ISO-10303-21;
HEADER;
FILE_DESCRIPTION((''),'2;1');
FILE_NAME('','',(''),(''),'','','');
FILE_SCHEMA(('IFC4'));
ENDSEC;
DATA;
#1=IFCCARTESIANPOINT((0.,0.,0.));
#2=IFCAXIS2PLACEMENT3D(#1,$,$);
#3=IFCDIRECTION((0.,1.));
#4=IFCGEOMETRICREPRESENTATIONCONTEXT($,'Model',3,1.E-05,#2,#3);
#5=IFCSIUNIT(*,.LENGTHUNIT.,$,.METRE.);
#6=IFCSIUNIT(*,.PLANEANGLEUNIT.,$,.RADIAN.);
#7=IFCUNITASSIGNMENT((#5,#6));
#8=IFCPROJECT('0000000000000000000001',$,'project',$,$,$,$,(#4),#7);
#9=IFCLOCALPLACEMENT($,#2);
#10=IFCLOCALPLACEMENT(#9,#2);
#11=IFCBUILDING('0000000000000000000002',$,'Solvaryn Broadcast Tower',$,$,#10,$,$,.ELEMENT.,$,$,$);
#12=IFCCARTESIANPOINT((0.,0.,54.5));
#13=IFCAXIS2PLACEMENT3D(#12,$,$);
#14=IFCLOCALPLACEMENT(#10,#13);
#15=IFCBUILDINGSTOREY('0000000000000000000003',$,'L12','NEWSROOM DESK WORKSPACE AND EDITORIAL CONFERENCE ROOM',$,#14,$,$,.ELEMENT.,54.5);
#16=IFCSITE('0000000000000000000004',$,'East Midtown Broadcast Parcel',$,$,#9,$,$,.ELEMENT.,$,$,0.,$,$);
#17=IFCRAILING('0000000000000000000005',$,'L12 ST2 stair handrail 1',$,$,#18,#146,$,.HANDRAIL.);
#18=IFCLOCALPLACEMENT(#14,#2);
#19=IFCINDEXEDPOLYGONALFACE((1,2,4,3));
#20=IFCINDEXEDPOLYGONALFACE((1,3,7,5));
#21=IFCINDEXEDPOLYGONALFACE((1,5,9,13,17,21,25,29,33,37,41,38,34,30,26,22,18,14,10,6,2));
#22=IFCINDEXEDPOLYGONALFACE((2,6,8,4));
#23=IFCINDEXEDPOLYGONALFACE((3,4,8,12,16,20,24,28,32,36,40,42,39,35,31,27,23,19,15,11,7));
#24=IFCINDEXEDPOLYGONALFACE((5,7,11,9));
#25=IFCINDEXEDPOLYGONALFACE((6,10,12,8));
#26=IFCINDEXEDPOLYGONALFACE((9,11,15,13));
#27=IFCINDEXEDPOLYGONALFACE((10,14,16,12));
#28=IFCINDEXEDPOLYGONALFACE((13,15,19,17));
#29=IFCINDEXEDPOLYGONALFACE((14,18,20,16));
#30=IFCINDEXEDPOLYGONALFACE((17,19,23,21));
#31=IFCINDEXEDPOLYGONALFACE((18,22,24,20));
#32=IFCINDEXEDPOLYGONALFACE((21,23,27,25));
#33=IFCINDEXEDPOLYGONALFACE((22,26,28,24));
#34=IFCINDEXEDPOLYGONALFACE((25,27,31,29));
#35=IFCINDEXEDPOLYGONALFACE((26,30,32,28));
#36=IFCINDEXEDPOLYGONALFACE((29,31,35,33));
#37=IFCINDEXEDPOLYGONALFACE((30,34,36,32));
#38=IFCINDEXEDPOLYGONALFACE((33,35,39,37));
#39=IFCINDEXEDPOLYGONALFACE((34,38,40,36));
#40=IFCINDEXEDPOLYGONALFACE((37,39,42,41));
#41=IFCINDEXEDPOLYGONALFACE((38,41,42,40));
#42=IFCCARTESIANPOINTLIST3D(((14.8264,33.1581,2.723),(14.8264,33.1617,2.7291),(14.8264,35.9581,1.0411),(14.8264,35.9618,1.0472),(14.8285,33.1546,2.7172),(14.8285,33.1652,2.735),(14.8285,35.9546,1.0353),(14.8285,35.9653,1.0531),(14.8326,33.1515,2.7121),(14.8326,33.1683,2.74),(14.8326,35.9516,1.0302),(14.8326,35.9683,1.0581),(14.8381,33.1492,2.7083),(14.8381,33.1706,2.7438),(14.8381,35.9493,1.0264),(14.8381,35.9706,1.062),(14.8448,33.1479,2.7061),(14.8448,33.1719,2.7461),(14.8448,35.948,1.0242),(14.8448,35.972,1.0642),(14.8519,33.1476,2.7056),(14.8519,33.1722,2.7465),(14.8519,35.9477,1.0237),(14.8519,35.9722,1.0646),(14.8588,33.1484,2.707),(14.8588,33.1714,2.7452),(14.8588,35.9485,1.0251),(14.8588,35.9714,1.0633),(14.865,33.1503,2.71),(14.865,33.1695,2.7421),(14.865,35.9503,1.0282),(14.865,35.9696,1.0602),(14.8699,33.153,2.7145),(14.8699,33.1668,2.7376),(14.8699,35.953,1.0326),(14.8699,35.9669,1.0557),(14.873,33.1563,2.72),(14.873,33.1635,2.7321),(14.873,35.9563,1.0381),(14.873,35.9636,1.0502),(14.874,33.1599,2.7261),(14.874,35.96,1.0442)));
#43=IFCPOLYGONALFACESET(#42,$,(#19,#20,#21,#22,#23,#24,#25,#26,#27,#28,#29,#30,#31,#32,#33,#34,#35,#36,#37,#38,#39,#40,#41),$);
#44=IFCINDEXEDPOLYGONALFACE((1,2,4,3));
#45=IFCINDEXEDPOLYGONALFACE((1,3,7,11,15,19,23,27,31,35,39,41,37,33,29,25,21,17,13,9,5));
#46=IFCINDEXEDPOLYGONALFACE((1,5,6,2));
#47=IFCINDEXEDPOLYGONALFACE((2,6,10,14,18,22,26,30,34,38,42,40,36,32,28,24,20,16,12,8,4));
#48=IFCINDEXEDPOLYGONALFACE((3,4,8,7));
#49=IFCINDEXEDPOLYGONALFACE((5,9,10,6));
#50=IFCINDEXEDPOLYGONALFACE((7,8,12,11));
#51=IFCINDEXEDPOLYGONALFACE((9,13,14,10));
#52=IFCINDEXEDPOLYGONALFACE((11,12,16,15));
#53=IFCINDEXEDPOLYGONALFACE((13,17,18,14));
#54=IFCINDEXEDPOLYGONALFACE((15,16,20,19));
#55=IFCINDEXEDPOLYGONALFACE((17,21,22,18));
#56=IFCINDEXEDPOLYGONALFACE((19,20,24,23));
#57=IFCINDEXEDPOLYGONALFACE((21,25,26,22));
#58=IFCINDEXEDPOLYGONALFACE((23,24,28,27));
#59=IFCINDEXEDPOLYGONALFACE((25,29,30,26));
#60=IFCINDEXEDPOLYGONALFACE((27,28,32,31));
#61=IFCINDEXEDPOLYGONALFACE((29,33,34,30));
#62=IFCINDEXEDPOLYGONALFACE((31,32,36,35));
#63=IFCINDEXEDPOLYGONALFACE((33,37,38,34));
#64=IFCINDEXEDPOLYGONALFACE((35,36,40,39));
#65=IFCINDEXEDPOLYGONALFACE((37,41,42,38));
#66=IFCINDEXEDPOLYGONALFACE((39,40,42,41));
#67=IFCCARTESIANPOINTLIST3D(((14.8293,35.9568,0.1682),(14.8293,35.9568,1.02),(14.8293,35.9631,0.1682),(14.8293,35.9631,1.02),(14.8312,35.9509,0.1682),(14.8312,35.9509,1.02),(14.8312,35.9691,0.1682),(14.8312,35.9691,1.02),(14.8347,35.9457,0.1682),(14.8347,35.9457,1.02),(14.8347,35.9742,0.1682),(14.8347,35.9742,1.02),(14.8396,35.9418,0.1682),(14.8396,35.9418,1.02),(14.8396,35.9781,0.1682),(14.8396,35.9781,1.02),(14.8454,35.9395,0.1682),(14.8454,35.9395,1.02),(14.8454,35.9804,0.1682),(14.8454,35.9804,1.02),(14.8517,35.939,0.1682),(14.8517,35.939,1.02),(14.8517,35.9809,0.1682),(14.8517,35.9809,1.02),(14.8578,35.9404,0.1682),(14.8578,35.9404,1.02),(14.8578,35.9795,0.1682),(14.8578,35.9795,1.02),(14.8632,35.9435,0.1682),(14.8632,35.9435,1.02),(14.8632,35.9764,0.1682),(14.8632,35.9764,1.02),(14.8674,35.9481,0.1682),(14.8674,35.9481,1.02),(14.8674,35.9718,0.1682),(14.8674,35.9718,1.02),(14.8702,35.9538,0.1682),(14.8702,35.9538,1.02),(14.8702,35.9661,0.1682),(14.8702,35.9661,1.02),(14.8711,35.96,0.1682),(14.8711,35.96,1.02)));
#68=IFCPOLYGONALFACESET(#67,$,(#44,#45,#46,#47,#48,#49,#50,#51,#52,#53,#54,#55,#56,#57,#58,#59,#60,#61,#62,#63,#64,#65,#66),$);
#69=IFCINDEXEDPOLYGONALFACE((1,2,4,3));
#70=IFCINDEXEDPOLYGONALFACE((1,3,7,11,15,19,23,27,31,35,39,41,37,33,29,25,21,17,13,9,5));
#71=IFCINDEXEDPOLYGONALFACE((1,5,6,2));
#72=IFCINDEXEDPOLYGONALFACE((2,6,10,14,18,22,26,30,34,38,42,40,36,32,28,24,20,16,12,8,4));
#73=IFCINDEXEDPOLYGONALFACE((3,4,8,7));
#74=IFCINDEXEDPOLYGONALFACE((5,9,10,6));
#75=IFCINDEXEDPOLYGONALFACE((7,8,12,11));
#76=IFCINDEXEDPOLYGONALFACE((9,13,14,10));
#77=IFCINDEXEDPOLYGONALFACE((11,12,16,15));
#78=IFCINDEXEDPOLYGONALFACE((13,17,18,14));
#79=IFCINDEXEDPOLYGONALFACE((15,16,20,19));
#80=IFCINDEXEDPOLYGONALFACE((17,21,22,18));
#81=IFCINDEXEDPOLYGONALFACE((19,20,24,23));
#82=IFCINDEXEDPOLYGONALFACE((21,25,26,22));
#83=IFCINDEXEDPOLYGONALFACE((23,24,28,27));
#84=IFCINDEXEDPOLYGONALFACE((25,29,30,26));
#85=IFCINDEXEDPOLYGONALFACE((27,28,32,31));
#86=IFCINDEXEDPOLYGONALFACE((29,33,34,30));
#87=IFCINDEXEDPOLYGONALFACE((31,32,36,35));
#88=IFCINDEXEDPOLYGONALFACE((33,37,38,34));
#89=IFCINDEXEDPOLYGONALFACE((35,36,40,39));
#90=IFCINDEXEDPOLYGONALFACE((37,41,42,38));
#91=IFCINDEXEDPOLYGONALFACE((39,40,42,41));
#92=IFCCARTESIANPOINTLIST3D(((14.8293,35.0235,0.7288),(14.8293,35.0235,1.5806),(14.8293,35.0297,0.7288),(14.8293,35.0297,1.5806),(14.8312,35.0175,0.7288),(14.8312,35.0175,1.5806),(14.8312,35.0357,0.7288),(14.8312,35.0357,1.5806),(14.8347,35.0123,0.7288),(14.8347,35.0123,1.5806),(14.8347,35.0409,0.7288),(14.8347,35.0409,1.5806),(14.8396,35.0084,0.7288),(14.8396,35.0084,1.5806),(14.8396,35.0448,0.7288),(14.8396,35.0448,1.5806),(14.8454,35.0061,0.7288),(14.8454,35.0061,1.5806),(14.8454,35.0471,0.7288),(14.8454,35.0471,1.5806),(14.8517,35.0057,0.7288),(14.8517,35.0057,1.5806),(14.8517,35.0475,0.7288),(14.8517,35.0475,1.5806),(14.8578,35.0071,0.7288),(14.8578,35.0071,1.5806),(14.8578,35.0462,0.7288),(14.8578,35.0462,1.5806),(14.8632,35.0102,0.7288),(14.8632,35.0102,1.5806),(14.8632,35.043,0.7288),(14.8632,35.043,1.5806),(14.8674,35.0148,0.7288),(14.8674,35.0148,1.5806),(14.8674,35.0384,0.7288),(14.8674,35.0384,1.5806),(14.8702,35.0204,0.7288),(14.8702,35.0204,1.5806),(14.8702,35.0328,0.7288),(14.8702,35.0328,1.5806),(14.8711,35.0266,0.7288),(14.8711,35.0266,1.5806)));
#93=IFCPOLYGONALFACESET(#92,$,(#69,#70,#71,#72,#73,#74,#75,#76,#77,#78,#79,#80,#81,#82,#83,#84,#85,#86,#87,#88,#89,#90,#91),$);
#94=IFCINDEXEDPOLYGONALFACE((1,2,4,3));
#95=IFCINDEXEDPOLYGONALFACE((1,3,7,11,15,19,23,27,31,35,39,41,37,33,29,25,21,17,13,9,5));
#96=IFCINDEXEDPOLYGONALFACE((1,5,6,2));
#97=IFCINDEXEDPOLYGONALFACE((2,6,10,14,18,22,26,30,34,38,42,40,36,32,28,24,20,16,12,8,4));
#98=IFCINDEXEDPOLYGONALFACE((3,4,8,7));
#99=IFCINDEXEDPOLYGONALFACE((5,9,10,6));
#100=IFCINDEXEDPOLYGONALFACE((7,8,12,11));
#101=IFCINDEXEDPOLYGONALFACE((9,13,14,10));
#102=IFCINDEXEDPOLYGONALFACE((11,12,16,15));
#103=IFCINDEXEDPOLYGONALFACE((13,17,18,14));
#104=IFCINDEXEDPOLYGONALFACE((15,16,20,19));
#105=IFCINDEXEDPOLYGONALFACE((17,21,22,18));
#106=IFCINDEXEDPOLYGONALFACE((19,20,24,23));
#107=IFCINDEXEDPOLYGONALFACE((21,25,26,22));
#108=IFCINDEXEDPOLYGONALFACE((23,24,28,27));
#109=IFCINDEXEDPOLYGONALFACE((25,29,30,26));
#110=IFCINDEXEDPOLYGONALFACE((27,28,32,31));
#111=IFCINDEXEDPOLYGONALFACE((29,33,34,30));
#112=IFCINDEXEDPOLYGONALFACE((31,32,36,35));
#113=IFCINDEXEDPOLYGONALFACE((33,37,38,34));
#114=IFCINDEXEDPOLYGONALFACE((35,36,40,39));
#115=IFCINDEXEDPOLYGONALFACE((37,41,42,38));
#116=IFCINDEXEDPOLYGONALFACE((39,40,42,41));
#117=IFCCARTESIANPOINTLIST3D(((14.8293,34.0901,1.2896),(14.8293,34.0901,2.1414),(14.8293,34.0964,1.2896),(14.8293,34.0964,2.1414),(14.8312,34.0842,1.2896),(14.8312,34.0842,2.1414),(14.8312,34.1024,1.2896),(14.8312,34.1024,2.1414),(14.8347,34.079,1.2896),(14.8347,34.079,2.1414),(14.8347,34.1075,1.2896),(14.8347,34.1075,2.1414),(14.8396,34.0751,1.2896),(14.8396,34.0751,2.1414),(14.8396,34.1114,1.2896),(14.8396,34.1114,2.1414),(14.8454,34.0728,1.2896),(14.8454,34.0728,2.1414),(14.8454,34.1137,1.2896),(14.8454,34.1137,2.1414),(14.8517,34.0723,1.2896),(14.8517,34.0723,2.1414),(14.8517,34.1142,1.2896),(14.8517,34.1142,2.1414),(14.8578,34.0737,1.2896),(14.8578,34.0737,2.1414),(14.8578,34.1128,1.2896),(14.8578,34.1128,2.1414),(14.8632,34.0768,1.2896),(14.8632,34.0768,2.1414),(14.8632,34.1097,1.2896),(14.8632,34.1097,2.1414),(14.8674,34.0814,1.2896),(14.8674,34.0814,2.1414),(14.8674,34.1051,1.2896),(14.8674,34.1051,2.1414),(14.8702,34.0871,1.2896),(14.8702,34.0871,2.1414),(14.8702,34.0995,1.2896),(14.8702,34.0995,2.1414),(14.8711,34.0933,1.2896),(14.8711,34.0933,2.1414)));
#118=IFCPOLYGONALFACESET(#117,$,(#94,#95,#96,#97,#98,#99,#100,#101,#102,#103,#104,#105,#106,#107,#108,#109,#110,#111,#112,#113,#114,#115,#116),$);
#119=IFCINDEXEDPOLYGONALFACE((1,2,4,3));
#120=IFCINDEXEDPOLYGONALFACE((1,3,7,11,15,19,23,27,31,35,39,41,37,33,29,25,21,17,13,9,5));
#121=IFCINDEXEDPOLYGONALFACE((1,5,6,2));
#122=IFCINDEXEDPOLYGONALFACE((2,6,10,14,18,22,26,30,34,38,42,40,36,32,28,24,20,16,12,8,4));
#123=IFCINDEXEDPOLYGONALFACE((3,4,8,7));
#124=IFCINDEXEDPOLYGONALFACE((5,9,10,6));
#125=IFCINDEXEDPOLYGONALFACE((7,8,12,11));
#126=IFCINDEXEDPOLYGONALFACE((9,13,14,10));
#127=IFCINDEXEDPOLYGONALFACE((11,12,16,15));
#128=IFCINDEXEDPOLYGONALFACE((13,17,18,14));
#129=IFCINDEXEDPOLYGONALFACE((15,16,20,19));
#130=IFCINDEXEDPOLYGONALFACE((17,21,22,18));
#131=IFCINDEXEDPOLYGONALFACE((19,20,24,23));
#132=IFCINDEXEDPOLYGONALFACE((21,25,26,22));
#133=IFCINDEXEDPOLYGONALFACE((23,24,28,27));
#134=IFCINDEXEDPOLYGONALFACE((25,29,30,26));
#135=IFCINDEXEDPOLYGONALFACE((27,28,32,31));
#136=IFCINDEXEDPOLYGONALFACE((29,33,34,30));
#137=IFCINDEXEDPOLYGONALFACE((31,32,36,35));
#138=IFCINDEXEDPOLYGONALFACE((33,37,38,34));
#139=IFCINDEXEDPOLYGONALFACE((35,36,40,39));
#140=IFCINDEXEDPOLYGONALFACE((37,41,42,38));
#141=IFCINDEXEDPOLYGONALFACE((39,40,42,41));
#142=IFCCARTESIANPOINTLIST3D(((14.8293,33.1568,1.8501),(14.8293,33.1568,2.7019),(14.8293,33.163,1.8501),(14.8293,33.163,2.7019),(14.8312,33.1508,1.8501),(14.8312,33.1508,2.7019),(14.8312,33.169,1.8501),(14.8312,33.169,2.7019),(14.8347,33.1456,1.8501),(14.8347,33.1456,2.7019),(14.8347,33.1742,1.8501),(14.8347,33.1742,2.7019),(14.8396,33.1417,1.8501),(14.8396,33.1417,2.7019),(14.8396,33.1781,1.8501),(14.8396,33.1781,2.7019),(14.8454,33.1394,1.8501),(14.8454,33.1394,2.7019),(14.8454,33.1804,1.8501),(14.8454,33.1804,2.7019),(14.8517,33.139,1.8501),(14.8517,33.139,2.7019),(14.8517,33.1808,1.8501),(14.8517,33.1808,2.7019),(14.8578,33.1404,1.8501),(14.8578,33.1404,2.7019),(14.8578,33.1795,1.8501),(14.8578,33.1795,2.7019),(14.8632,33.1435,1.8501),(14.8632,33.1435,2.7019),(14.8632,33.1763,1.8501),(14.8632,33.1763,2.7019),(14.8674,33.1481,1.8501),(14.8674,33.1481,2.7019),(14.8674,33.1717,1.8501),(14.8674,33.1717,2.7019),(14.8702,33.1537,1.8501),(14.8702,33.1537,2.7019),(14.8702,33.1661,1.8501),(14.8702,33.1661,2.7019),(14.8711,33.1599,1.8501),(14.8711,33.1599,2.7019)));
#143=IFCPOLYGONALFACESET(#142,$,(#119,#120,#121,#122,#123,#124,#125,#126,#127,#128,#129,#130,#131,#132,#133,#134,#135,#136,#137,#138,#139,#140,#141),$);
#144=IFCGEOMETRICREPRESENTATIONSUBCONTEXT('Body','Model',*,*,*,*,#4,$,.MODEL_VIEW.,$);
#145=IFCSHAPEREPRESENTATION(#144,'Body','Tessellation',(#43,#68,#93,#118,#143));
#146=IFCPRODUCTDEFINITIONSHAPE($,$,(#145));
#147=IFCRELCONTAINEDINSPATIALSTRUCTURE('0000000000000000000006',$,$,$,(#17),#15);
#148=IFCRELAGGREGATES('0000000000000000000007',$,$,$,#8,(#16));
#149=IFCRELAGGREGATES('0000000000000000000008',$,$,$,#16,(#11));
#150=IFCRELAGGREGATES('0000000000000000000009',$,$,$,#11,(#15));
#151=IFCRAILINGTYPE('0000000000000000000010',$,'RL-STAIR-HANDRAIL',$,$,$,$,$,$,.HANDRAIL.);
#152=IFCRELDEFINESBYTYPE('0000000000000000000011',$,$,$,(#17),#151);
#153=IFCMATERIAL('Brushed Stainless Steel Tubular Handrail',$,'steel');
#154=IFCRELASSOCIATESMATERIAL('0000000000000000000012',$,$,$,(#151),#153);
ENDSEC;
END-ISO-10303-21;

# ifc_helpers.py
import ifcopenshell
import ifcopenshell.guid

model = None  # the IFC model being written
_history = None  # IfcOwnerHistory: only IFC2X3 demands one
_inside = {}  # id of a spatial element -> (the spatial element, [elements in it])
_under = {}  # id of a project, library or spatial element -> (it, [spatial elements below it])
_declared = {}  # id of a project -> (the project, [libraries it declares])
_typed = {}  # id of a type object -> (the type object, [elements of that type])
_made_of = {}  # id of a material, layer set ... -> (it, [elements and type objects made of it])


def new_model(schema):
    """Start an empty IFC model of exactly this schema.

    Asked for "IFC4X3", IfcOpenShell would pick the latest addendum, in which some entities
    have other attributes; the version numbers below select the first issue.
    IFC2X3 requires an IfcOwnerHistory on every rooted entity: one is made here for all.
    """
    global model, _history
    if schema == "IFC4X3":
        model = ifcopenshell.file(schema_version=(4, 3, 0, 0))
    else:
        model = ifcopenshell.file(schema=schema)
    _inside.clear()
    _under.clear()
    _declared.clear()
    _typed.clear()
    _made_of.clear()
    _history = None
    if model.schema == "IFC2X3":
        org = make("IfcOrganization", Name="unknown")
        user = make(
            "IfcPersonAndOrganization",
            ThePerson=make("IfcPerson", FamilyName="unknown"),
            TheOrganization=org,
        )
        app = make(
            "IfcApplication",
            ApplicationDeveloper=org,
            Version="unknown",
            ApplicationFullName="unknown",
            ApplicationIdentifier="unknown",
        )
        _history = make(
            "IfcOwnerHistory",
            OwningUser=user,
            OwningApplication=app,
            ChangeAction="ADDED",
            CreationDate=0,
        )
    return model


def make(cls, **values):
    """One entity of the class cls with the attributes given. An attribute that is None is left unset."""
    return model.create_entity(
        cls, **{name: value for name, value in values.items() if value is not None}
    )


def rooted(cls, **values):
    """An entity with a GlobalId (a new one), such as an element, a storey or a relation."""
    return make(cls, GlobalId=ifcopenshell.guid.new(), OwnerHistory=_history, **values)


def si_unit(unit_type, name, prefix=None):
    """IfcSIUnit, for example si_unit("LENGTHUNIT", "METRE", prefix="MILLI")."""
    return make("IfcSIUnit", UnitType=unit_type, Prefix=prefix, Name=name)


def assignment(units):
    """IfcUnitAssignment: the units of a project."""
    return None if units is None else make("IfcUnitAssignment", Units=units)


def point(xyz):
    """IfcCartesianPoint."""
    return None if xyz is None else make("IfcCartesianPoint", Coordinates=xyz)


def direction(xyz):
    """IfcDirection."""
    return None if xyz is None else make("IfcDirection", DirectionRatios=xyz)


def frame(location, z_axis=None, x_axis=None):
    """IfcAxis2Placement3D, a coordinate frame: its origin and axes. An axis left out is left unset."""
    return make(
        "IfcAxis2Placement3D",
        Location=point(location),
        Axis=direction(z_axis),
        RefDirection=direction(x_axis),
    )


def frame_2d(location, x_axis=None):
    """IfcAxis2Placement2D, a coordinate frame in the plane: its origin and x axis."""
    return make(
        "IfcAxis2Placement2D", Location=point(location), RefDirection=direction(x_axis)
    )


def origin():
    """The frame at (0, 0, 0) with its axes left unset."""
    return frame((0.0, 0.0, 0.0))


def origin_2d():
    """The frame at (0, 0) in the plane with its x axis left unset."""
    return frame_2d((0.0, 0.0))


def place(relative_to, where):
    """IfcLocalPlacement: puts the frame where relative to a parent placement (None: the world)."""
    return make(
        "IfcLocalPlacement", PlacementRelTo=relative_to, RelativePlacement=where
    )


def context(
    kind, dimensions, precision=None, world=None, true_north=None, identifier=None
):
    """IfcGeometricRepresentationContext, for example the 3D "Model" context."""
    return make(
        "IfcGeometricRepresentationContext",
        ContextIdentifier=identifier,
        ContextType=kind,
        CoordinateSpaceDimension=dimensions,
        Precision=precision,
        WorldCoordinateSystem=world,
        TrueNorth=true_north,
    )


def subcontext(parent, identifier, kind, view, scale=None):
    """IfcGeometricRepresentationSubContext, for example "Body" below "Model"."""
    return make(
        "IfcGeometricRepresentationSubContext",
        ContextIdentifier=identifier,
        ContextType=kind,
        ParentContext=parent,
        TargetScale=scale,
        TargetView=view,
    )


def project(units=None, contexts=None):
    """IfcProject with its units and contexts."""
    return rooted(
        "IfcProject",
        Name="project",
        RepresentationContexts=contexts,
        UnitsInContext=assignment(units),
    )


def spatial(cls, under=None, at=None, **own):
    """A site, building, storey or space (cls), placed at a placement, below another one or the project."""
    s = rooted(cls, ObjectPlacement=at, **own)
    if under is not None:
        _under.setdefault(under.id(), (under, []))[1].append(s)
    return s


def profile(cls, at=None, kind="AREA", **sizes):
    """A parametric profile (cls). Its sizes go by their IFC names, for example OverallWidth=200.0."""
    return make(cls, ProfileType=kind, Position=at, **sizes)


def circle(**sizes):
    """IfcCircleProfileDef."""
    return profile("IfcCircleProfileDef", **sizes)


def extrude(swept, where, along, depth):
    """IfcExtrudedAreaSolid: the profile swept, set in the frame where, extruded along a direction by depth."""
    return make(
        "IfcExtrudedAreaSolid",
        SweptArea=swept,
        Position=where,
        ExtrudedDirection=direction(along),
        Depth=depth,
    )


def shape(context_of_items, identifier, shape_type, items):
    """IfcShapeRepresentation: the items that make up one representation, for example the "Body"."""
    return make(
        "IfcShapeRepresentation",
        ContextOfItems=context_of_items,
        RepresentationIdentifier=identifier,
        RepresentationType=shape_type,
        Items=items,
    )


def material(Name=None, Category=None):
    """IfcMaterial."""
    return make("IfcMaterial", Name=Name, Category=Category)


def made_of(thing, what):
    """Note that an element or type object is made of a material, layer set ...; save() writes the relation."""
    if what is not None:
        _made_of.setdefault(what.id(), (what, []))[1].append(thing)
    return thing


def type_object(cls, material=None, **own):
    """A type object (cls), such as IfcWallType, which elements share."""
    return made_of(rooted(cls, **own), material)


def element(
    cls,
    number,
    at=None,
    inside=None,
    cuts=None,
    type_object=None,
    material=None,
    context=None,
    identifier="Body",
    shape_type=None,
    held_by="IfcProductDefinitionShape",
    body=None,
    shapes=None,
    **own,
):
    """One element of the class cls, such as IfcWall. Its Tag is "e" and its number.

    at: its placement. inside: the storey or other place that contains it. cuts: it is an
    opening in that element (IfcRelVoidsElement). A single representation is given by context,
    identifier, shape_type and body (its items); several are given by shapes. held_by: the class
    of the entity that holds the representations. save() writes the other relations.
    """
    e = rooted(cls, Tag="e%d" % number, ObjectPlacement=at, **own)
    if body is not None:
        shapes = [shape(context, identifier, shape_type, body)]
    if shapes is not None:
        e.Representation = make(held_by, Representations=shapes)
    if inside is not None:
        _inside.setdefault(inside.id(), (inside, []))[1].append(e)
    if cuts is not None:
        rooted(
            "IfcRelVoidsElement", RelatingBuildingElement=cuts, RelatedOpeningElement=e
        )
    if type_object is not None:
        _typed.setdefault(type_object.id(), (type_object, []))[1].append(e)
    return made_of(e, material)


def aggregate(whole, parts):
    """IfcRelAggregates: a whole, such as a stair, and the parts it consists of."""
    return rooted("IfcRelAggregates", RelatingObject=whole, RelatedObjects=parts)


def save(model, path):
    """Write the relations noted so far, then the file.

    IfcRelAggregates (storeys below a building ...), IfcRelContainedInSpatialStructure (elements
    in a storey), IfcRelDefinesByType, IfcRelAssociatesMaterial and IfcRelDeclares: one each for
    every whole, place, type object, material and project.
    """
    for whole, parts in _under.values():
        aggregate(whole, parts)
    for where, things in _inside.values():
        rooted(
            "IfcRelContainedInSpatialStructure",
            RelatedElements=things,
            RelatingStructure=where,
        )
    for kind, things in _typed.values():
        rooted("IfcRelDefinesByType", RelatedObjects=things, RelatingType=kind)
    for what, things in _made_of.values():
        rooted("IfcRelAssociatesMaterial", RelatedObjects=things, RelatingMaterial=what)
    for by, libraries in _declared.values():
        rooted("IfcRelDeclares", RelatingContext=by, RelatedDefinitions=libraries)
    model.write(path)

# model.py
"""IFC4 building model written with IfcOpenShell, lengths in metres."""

from ifc_helpers import new_model, si_unit, direction, frame, origin, origin_2d, place, context, subcontext, project, spatial, circle, extrude, material, type_object, element, save


model = new_model("IFC4")

# Units and contexts
model_context = context("Model", 3, precision=1e-05, world=origin(), true_north=direction((0.0, 1.0)))
body_context = subcontext(model_context, "Body", "Model", "MODEL_VIEW")
ifc_project = project(units=[si_unit("LENGTHUNIT", "METRE"), si_unit("PLANEANGLEUNIT", "RADIAN")], contexts=[model_context])

# Site, building, storey
site_placement = place(None, origin())
site = spatial("IfcSite", under=ifc_project, at=site_placement, Name="East Midtown Broadcast Parcel", CompositionType="ELEMENT", RefElevation=0.0)
building_placement = place(site_placement, origin())
building = spatial("IfcBuilding", under=site, at=building_placement, Name="Solvaryn Broadcast Tower", CompositionType="ELEMENT")
storey_placement = place(building_placement, frame((0.0, 0.0, 54.5)))
storey = spatial("IfcBuildingStorey", under=building, at=storey_placement, Name="L12", Description="NEWSROOM DESK WORKSPACE AND EDITORIAL CONFERENCE ROOM", CompositionType="ELEMENT", Elevation=54.5)

# Railing
ifc_material_1 = material(Name="Brushed Stainless Steel Tubular Handrail", Category="steel")
railing_type_1 = type_object("IfcRailingType", Name="RL-STAIR-HANDRAIL", PredefinedType="HANDRAIL", material=ifc_material_1)
railing_1_placement = place(storey_placement, frame((14.8501, 35.96, 0.1682)))
element("IfcRailing", 1, at=railing_1_placement, inside=storey, type_object=railing_type_1, Name="L12 ST2 stair handrail 1", PredefinedType="HANDRAIL", context=body_context, shape_type="SweptSolid", body=[
    extrude(circle(Radius=0.0239, at=origin_2d()), frame((0.0, 0.0, 0.876), z_axis=(0.0, -0.857242, 0.514913), x_axis=(1.0, 0.0, 0.0)), (0.0, 0.0, 1.0), 3.2664),
    extrude(circle(Radius=0.021, at=origin_2d()), origin(), (0.0, 0.0, 1.0), 0.8518),
    extrude(circle(Radius=0.021, at=origin_2d()), frame((0.0, -0.9333, 0.5605)), (0.0, 0.0, 1.0), 0.8518),
    extrude(circle(Radius=0.021, at=origin_2d()), frame((0.0, -1.8667, 1.1213)), (0.0, 0.0, 1.0), 0.8518),
    extrude(circle(Radius=0.021, at=origin_2d()), frame((0.0, -2.8, 1.6819)), (0.0, 0.0, 1.0), 0.8518),
])

save(model, "model.ifc")
